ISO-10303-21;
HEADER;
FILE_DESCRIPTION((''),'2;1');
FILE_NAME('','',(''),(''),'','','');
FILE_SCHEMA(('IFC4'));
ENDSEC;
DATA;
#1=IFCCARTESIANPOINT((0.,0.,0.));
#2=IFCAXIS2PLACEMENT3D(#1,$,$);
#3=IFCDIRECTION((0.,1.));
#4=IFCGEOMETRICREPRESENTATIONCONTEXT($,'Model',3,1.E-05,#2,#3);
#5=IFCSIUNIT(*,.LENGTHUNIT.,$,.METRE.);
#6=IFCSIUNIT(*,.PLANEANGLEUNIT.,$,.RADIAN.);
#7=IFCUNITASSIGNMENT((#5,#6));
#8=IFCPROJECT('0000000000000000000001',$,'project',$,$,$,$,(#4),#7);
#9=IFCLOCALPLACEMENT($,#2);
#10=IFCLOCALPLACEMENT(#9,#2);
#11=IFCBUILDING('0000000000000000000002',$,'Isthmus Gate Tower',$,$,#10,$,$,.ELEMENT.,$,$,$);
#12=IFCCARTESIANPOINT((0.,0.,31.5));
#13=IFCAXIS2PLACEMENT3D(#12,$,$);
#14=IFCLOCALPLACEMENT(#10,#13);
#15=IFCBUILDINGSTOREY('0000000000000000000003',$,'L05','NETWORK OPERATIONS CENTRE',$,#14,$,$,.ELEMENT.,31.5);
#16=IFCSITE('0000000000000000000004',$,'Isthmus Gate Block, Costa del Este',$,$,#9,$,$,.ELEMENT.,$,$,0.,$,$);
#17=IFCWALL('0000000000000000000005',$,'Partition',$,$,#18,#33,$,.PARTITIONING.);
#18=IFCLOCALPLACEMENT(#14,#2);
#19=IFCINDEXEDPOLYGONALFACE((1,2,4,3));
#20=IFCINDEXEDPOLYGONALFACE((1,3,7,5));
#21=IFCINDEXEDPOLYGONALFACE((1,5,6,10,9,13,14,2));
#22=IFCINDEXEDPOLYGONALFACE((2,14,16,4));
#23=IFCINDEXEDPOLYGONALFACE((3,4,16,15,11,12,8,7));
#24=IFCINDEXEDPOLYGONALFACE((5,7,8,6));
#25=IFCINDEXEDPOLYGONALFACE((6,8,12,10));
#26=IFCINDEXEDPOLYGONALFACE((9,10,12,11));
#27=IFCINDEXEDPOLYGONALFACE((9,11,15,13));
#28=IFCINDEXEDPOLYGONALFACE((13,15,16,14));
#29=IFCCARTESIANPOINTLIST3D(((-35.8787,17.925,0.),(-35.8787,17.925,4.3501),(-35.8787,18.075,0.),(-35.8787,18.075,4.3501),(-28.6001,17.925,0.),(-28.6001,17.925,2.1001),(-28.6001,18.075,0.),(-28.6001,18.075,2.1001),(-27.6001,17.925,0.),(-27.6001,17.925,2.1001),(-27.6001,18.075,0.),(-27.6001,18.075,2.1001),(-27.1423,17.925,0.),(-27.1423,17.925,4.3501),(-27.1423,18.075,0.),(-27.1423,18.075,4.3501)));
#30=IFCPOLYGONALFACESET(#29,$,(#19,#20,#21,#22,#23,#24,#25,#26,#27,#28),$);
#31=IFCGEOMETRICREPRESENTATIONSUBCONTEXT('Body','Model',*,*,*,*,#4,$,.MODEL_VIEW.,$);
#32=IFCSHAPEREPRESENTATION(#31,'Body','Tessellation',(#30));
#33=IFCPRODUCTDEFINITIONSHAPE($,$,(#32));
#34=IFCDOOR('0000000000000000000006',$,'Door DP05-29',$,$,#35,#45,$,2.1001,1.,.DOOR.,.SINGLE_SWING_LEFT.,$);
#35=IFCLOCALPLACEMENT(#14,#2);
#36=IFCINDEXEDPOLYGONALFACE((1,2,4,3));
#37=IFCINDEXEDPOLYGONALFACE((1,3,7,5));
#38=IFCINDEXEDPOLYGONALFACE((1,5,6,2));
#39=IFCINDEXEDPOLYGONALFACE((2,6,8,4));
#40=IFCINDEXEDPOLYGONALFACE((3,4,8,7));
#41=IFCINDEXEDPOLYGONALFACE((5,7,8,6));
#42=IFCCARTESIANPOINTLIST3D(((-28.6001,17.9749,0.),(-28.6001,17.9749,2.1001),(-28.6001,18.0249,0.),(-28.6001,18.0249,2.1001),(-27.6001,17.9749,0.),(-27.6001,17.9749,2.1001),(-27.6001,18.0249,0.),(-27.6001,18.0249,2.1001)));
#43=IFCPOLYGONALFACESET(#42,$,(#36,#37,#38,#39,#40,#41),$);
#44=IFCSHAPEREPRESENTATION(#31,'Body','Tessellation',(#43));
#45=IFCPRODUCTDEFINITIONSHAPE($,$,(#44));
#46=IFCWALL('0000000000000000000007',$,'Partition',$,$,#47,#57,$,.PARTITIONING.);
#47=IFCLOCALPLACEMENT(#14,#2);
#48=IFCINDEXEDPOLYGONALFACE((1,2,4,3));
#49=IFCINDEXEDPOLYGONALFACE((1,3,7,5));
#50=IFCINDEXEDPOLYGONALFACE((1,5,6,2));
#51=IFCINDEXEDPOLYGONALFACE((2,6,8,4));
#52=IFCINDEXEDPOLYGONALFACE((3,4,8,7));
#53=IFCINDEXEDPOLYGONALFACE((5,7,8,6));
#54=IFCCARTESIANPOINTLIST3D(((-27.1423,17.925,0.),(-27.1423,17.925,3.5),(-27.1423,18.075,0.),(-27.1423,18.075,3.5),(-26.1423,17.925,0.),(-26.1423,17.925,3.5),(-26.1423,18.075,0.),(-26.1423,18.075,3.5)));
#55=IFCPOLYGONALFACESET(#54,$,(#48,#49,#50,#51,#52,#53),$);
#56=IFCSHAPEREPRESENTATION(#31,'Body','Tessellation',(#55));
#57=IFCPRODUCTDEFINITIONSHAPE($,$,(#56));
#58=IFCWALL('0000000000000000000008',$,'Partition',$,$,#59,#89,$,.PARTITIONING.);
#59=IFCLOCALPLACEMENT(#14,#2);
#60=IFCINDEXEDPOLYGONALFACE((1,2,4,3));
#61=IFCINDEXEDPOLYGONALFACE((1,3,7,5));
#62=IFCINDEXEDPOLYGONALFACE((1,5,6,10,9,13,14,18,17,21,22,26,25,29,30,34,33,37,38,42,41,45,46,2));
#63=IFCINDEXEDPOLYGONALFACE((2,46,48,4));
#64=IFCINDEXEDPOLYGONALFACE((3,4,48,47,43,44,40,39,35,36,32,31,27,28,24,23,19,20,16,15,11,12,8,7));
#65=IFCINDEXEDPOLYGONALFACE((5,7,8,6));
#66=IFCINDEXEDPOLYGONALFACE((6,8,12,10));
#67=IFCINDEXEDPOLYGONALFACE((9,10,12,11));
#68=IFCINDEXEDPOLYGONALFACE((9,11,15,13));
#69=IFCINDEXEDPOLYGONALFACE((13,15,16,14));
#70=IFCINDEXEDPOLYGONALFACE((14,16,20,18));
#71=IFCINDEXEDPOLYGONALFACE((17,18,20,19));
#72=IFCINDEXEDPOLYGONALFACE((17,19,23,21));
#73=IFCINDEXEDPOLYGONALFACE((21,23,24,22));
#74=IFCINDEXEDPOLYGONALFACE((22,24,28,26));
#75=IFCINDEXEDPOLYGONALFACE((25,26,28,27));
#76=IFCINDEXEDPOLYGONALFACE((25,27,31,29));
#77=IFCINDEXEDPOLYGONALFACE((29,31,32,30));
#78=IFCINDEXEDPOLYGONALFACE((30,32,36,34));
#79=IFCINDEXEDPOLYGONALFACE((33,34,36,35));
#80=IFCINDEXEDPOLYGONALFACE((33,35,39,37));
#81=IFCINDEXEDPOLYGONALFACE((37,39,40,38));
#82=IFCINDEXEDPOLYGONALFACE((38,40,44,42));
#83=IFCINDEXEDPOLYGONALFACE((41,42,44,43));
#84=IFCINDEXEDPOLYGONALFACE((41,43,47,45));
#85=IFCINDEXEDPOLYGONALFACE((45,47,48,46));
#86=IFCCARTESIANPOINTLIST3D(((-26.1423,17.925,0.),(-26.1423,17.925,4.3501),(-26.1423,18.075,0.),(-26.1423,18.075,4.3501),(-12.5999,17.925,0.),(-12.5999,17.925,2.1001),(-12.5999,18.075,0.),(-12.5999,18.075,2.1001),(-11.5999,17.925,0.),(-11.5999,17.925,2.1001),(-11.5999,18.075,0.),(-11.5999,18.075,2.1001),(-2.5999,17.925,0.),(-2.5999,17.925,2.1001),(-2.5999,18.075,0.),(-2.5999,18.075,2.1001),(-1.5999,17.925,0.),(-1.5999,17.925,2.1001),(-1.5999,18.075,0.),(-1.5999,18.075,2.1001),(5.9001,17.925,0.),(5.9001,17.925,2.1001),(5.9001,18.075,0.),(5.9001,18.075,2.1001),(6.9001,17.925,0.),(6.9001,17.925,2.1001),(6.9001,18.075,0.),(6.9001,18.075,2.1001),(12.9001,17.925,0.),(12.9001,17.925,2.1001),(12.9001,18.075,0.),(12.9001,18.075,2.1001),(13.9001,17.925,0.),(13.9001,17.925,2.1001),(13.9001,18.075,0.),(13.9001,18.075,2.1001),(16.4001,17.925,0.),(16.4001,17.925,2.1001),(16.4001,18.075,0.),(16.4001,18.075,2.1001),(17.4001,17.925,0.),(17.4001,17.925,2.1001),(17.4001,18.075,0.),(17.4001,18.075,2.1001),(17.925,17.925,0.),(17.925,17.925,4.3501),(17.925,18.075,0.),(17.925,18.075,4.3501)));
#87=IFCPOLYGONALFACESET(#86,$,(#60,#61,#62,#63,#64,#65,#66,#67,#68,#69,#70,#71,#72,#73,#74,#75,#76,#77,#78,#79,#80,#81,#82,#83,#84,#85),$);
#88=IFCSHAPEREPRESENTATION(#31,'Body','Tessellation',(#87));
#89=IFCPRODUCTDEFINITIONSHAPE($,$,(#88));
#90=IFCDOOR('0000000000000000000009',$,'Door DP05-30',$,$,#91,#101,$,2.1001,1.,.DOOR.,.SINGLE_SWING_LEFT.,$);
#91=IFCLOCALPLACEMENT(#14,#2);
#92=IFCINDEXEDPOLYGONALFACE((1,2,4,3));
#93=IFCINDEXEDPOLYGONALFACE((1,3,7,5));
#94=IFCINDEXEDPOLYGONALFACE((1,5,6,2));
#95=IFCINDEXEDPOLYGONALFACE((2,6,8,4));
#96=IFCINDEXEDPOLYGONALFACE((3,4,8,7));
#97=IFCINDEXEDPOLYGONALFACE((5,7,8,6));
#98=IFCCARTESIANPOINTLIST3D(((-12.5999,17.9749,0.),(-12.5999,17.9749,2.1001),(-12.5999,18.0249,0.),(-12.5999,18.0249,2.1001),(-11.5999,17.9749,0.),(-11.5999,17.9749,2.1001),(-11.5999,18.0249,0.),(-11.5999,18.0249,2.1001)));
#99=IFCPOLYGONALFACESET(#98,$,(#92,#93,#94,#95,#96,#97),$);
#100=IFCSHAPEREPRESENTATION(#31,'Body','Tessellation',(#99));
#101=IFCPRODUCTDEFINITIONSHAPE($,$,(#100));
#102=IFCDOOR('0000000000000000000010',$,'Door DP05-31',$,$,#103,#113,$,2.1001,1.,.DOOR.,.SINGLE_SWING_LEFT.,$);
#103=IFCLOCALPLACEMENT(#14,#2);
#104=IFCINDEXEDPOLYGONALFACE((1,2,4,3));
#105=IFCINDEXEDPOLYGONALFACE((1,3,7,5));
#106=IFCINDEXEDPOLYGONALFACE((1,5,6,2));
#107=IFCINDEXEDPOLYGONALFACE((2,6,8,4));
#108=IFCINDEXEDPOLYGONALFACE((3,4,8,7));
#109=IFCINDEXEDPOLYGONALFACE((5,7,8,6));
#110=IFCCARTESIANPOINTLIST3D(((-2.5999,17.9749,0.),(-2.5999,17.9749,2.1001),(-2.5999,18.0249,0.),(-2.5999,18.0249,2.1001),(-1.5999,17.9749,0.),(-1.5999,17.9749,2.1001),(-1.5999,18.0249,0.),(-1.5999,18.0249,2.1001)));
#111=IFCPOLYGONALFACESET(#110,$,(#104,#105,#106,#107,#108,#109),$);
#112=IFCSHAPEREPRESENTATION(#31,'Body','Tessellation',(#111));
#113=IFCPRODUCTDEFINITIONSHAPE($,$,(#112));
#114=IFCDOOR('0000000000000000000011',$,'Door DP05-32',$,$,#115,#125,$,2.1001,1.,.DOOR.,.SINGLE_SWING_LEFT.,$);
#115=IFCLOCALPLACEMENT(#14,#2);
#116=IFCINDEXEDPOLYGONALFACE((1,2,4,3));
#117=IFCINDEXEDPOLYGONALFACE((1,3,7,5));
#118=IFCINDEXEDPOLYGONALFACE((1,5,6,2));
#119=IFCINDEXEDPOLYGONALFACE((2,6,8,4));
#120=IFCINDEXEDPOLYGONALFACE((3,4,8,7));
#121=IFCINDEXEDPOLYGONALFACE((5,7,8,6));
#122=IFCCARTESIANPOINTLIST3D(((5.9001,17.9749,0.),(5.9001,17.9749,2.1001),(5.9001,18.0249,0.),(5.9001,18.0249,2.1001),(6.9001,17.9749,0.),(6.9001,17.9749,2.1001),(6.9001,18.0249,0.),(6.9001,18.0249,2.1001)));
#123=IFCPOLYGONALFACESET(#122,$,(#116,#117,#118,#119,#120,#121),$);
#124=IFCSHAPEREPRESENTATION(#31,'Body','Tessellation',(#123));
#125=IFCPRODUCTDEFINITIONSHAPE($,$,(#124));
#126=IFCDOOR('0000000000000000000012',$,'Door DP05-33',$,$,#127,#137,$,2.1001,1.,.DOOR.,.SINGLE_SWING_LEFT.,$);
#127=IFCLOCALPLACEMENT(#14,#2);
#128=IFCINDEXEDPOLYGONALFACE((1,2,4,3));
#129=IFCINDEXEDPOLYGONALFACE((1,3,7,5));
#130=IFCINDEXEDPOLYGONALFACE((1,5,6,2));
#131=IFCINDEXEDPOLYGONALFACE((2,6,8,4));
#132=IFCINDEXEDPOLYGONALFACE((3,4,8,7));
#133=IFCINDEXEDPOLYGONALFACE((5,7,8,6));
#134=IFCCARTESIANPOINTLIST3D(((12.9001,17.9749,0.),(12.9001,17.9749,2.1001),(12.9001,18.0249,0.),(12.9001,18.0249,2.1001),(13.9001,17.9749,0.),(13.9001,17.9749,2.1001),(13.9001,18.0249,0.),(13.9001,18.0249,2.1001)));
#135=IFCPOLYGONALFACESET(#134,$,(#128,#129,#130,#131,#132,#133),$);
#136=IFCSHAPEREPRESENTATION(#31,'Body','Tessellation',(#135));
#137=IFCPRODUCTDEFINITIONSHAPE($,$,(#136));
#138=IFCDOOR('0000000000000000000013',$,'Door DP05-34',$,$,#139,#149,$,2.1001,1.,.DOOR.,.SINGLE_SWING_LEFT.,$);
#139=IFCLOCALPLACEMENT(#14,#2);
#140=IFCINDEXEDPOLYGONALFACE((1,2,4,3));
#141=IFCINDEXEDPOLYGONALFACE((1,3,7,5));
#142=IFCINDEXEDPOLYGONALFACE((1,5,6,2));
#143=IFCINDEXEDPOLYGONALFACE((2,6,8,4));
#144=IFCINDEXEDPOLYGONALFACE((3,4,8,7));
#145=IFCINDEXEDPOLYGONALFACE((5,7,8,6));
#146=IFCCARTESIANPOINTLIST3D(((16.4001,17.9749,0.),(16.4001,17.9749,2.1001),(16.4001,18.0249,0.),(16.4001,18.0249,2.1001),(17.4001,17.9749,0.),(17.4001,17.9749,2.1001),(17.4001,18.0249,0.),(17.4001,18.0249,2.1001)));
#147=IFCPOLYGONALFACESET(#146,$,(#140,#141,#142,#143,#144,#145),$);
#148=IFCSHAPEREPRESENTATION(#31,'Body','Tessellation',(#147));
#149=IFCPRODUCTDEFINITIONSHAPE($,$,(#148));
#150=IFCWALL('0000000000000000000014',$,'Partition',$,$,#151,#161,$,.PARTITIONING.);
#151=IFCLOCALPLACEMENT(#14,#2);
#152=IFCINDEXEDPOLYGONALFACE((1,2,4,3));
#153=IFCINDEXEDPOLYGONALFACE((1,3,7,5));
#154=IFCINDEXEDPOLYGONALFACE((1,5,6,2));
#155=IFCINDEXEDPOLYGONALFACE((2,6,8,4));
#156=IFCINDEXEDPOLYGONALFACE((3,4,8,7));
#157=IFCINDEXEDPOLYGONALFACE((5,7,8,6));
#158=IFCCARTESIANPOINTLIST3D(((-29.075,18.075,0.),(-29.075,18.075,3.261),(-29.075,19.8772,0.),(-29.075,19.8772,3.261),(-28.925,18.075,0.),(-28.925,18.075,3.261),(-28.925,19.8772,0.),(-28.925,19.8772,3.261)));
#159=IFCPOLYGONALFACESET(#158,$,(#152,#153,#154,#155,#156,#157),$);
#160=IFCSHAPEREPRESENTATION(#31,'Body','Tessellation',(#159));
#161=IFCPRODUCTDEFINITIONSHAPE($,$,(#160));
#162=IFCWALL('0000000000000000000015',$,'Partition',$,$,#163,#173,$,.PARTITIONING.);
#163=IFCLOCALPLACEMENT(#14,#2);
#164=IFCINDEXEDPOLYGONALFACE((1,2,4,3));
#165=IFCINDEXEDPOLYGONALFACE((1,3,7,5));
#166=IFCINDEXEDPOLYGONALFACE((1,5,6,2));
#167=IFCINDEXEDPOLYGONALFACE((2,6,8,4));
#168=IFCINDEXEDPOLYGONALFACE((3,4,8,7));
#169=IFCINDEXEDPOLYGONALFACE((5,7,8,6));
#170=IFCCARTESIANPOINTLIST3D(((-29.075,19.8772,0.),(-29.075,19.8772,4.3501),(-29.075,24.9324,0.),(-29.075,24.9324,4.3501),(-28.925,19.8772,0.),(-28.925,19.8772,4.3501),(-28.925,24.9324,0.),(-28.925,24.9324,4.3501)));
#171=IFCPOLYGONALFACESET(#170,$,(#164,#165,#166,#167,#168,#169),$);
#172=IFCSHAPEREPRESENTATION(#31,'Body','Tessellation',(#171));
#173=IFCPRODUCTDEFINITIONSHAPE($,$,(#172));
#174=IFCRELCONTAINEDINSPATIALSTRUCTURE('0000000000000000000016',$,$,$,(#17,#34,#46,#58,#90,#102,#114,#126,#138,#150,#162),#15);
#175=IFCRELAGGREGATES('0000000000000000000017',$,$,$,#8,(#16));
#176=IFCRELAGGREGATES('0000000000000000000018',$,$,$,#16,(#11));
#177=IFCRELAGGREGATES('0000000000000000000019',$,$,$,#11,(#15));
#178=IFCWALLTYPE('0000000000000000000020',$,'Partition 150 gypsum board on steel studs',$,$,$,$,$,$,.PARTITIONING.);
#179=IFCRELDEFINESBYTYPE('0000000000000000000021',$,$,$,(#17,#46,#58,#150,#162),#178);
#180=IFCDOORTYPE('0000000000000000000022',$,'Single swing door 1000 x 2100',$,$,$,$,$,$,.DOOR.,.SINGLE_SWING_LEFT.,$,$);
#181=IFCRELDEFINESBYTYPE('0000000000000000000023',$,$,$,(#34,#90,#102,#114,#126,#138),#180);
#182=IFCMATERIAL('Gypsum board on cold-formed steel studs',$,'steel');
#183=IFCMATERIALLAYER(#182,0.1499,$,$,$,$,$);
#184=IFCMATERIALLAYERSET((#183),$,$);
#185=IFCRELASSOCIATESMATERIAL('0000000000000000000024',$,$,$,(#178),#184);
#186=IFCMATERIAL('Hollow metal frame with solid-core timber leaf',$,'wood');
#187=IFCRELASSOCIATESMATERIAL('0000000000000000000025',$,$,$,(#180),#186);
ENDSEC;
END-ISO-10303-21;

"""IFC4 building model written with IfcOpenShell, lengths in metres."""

from ifc_helpers import new_model, si_unit, direction, frame, frame_2d, origin, place, context, subcontext, project, spatial, rectangle, extrude, material, layer, layer_set, type_object, element, fill, save


model = new_model("IFC4")

# Units and contexts
model_context = context("Model", 3, precision=1e-05, world=origin(), true_north=direction((0.0, 1.0)))
body_context = subcontext(model_context, "Body", "Model", "MODEL_VIEW")
ifc_project = project(units=[si_unit("LENGTHUNIT", "METRE"), si_unit("PLANEANGLEUNIT", "RADIAN")], contexts=[model_context])

# Site, building, storey
site_placement = place(None, origin())
site = spatial("IfcSite", under=ifc_project, at=site_placement, Name="Isthmus Gate Block, Costa del Este", CompositionType="ELEMENT", RefElevation=0.0)
building_placement = place(site_placement, origin())
building = spatial("IfcBuilding", under=site, at=building_placement, Name="Isthmus Gate Tower", CompositionType="ELEMENT")
storey_placement = place(building_placement, frame((0.0, 0.0, 31.5)))
storey = spatial("IfcBuildingStorey", under=building, at=storey_placement, Name="L05", Description="NETWORK OPERATIONS CENTRE", CompositionType="ELEMENT", Elevation=31.5)

# Shared definitions
ifc_material_1 = material(Name="Gypsum board on cold-formed steel studs", Category="steel")
ifc_layer = layer(ifc_material_1, 0.1499)
ifc_layer_set = layer_set([ifc_layer])
wall_type = type_object("IfcWallType", Name="Partition 150 gypsum board on steel studs", PredefinedType="PARTITIONING", material=ifc_layer_set)

# Wall, opening, door
wall_1_placement = place(storey_placement, frame((-35.8787, 18.0, 0.0), z_axis=(0.0, 0.0, 1.0), x_axis=(1.0, 0.0, 0.0)))
wall_1 = element("IfcWall", 1, at=wall_1_placement, inside=storey, type_object=wall_type, Name="Partition", PredefinedType="PARTITIONING", context=body_context, shape_type="SweptSolid", body=[
    extrude(rectangle(XDim=8.7363, YDim=0.1499, at=frame_2d((4.3682, 0.0))), origin(), (0.0, 0.0, 1.0), 4.3501),
])
opening_1_placement = place(wall_1_placement, frame((7.2786, 0.0, 0.0)))
opening_1 = element("IfcOpeningElement", 2, at=opening_1_placement, cuts=wall_1, PredefinedType="OPENING", context=body_context, shape_type="SweptSolid", body=[
    extrude(rectangle(XDim=1.0, YDim=2.1001, at=frame_2d((0.5, 1.05))), frame((0.0, 0.085, 0.0), z_axis=(0.0, -1.0, 0.0), x_axis=(1.0, 0.0, 0.0)), (0.0, 0.0, 1.0), 0.1699),
])
ifc_material_2 = material(Name="Hollow metal frame with solid-core timber leaf", Category="wood")
door_type = type_object("IfcDoorType", Name="Single swing door 1000 x 2100", OperationType="SINGLE_SWING_LEFT", PredefinedType="DOOR", material=ifc_material_2)
door_1_placement = place(opening_1_placement, origin())
door_1 = element("IfcDoor", 3, at=door_1_placement, inside=storey, type_object=door_type, Name="Door DP05-29", OperationType="SINGLE_SWING_LEFT", OverallHeight=2.1001, OverallWidth=1.0, PredefinedType="DOOR", context=body_context, shape_type="SweptSolid", body=[
    extrude(rectangle(XDim=1.0, YDim=2.1001, at=frame_2d((0.5, 1.05))), frame((0.0, 0.0249, 0.0), z_axis=(0.0, -1.0, 0.0), x_axis=(1.0, 0.0, 0.0)), (0.0, 0.0, 1.0), 0.05),
])
fill(opening_1, door_1)

# Wall
wall_2_placement = place(storey_placement, frame((-27.1423, 18.0, 0.0), z_axis=(0.0, 0.0, 1.0), x_axis=(1.0, 0.0, 0.0)))
element("IfcWall", 4, at=wall_2_placement, inside=storey, type_object=wall_type, Name="Partition", PredefinedType="PARTITIONING", context=body_context, shape_type="SweptSolid", body=[
    extrude(rectangle(XDim=1.0, YDim=0.1499, at=frame_2d((0.5, 0.0))), origin(), (0.0, 0.0, 1.0), 3.5),
])

# Wall, openings, doors
wall_3_placement = place(storey_placement, frame((-26.1423, 18.0, 0.0), z_axis=(0.0, 0.0, 1.0), x_axis=(1.0, 0.0, 0.0)))
wall_3 = element("IfcWall", 5, at=wall_3_placement, inside=storey, type_object=wall_type, Name="Partition", PredefinedType="PARTITIONING", context=body_context, shape_type="SweptSolid", body=[
    extrude(rectangle(XDim=44.0674, YDim=0.1499, at=frame_2d((22.0337, 0.0))), origin(), (0.0, 0.0, 1.0), 4.3501),
])
opening_2_placement = place(wall_3_placement, frame((13.5425, 0.0, 0.0)))
opening_2 = element("IfcOpeningElement", 6, at=opening_2_placement, cuts=wall_3, PredefinedType="OPENING", context=body_context, shape_type="SweptSolid", body=[
    extrude(rectangle(XDim=1.0, YDim=2.1001, at=frame_2d((0.5, 1.05))), frame((0.0, 0.085, 0.0), z_axis=(0.0, -1.0, 0.0), x_axis=(1.0, 0.0, 0.0)), (0.0, 0.0, 1.0), 0.1699),
])
opening_3_placement = place(wall_3_placement, frame((23.5425, 0.0, 0.0)))
opening_3 = element("IfcOpeningElement", 7, at=opening_3_placement, cuts=wall_3, PredefinedType="OPENING", context=body_context, shape_type="SweptSolid", body=[
    extrude(rectangle(XDim=1.0, YDim=2.1001, at=frame_2d((0.5, 1.05))), frame((0.0, 0.085, 0.0), z_axis=(0.0, -1.0, 0.0), x_axis=(1.0, 0.0, 0.0)), (0.0, 0.0, 1.0), 0.1699),
])
opening_4_placement = place(wall_3_placement, frame((32.0425, 0.0, 0.0)))
opening_4 = element("IfcOpeningElement", 8, at=opening_4_placement, cuts=wall_3, PredefinedType="OPENING", context=body_context, shape_type="SweptSolid", body=[
    extrude(rectangle(XDim=1.0, YDim=2.1001, at=frame_2d((0.5, 1.05))), frame((0.0, 0.085, 0.0), z_axis=(0.0, -1.0, 0.0), x_axis=(1.0, 0.0, 0.0)), (0.0, 0.0, 1.0), 0.1699),
])
opening_5_placement = place(wall_3_placement, frame((39.0425, 0.0, 0.0)))
opening_5 = element("IfcOpeningElement", 9, at=opening_5_placement, cuts=wall_3, PredefinedType="OPENING", context=body_context, shape_type="SweptSolid", body=[
    extrude(rectangle(XDim=1.0, YDim=2.1001, at=frame_2d((0.5, 1.05))), frame((0.0, 0.085, 0.0), z_axis=(0.0, -1.0, 0.0), x_axis=(1.0, 0.0, 0.0)), (0.0, 0.0, 1.0), 0.1699),
])
opening_6_placement = place(wall_3_placement, frame((42.5425, 0.0, 0.0)))
opening_6 = element("IfcOpeningElement", 10, at=opening_6_placement, cuts=wall_3, PredefinedType="OPENING", context=body_context, shape_type="SweptSolid", body=[
    extrude(rectangle(XDim=1.0, YDim=2.1001, at=frame_2d((0.5, 1.05))), frame((0.0, 0.085, 0.0), z_axis=(0.0, -1.0, 0.0), x_axis=(1.0, 0.0, 0.0)), (0.0, 0.0, 1.0), 0.1699),
])
door_2_placement = place(opening_2_placement, origin())
door_2 = element("IfcDoor", 11, at=door_2_placement, inside=storey, type_object=door_type, Name="Door DP05-30", OperationType="SINGLE_SWING_LEFT", OverallHeight=2.1001, OverallWidth=1.0, PredefinedType="DOOR", context=body_context, shape_type="SweptSolid", body=[
    extrude(rectangle(XDim=1.0, YDim=2.1001, at=frame_2d((0.5, 1.05))), frame((0.0, 0.0249, 0.0), z_axis=(0.0, -1.0, 0.0), x_axis=(1.0, 0.0, 0.0)), (0.0, 0.0, 1.0), 0.05),
])
fill(opening_2, door_2)
door_3_placement = place(opening_3_placement, origin())
door_3 = element("IfcDoor", 12, at=door_3_placement, inside=storey, type_object=door_type, Name="Door DP05-31", OperationType="SINGLE_SWING_LEFT", OverallHeight=2.1001, OverallWidth=1.0, PredefinedType="DOOR", context=body_context, shape_type="SweptSolid", body=[
    extrude(rectangle(XDim=1.0, YDim=2.1001, at=frame_2d((0.5, 1.05))), frame((0.0, 0.0249, 0.0), z_axis=(0.0, -1.0, 0.0), x_axis=(1.0, 0.0, 0.0)), (0.0, 0.0, 1.0), 0.05),
])
fill(opening_3, door_3)
door_4_placement = place(opening_4_placement, origin())
door_4 = element("IfcDoor", 13, at=door_4_placement, inside=storey, type_object=door_type, Name="Door DP05-32", OperationType="SINGLE_SWING_LEFT", OverallHeight=2.1001, OverallWidth=1.0, PredefinedType="DOOR", context=body_context, shape_type="SweptSolid", body=[
    extrude(rectangle(XDim=1.0, YDim=2.1001, at=frame_2d((0.5, 1.05))), frame((0.0, 0.0249, 0.0), z_axis=(0.0, -1.0, 0.0), x_axis=(1.0, 0.0, 0.0)), (0.0, 0.0, 1.0), 0.05),
])
fill(opening_4, door_4)
door_5_placement = place(opening_5_placement, origin())
door_5 = element("IfcDoor", 14, at=door_5_placement, inside=storey, type_object=door_type, Name="Door DP05-33", OperationType="SINGLE_SWING_LEFT", OverallHeight=2.1001, OverallWidth=1.0, PredefinedType="DOOR", context=body_context, shape_type="SweptSolid", body=[
    extrude(rectangle(XDim=1.0, YDim=2.1001, at=frame_2d((0.5, 1.05))), frame((0.0, 0.0249, 0.0), z_axis=(0.0, -1.0, 0.0), x_axis=(1.0, 0.0, 0.0)), (0.0, 0.0, 1.0), 0.05),
])
fill(opening_5, door_5)
door_6_placement = place(opening_6_placement, origin())
door_6 = element("IfcDoor", 15, at=door_6_placement, inside=storey, type_object=door_type, Name="Door DP05-34", OperationType="SINGLE_SWING_LEFT", OverallHeight=2.1001, OverallWidth=1.0, PredefinedType="DOOR", context=body_context, shape_type="SweptSolid", body=[
    extrude(rectangle(XDim=1.0, YDim=2.1001, at=frame_2d((0.5, 1.05))), frame((0.0, 0.0249, 0.0), z_axis=(0.0, -1.0, 0.0), x_axis=(1.0, 0.0, 0.0)), (0.0, 0.0, 1.0), 0.05),
])
fill(opening_6, door_6)

# Walls
wall_4_placement = place(storey_placement, frame((-29.0, 18.075, 0.0), z_axis=(0.0, 0.0, 1.0), x_axis=(0.0, 1.0, 0.0)))
element("IfcWall", 16, at=wall_4_placement, inside=storey, type_object=wall_type, Name="Partition", PredefinedType="PARTITIONING", context=body_context, shape_type="SweptSolid", body=[
    extrude(rectangle(XDim=1.8022, YDim=0.1499, at=frame_2d((0.9011, 0.0))), origin(), (0.0, 0.0, 1.0), 3.261),
])
wall_5_placement = place(storey_placement, frame((-29.0, 19.8772, 0.0), z_axis=(0.0, 0.0, 1.0), x_axis=(0.0, 1.0, 0.0)))
element("IfcWall", 17, at=wall_5_placement, inside=storey, type_object=wall_type, Name="Partition", PredefinedType="PARTITIONING", context=body_context, shape_type="SweptSolid", body=[
    extrude(rectangle(XDim=5.0552, YDim=0.1499, at=frame_2d((2.5276, 0.0))), origin(), (0.0, 0.0, 1.0), 4.3501),
])

save(model, "model.ifc")
